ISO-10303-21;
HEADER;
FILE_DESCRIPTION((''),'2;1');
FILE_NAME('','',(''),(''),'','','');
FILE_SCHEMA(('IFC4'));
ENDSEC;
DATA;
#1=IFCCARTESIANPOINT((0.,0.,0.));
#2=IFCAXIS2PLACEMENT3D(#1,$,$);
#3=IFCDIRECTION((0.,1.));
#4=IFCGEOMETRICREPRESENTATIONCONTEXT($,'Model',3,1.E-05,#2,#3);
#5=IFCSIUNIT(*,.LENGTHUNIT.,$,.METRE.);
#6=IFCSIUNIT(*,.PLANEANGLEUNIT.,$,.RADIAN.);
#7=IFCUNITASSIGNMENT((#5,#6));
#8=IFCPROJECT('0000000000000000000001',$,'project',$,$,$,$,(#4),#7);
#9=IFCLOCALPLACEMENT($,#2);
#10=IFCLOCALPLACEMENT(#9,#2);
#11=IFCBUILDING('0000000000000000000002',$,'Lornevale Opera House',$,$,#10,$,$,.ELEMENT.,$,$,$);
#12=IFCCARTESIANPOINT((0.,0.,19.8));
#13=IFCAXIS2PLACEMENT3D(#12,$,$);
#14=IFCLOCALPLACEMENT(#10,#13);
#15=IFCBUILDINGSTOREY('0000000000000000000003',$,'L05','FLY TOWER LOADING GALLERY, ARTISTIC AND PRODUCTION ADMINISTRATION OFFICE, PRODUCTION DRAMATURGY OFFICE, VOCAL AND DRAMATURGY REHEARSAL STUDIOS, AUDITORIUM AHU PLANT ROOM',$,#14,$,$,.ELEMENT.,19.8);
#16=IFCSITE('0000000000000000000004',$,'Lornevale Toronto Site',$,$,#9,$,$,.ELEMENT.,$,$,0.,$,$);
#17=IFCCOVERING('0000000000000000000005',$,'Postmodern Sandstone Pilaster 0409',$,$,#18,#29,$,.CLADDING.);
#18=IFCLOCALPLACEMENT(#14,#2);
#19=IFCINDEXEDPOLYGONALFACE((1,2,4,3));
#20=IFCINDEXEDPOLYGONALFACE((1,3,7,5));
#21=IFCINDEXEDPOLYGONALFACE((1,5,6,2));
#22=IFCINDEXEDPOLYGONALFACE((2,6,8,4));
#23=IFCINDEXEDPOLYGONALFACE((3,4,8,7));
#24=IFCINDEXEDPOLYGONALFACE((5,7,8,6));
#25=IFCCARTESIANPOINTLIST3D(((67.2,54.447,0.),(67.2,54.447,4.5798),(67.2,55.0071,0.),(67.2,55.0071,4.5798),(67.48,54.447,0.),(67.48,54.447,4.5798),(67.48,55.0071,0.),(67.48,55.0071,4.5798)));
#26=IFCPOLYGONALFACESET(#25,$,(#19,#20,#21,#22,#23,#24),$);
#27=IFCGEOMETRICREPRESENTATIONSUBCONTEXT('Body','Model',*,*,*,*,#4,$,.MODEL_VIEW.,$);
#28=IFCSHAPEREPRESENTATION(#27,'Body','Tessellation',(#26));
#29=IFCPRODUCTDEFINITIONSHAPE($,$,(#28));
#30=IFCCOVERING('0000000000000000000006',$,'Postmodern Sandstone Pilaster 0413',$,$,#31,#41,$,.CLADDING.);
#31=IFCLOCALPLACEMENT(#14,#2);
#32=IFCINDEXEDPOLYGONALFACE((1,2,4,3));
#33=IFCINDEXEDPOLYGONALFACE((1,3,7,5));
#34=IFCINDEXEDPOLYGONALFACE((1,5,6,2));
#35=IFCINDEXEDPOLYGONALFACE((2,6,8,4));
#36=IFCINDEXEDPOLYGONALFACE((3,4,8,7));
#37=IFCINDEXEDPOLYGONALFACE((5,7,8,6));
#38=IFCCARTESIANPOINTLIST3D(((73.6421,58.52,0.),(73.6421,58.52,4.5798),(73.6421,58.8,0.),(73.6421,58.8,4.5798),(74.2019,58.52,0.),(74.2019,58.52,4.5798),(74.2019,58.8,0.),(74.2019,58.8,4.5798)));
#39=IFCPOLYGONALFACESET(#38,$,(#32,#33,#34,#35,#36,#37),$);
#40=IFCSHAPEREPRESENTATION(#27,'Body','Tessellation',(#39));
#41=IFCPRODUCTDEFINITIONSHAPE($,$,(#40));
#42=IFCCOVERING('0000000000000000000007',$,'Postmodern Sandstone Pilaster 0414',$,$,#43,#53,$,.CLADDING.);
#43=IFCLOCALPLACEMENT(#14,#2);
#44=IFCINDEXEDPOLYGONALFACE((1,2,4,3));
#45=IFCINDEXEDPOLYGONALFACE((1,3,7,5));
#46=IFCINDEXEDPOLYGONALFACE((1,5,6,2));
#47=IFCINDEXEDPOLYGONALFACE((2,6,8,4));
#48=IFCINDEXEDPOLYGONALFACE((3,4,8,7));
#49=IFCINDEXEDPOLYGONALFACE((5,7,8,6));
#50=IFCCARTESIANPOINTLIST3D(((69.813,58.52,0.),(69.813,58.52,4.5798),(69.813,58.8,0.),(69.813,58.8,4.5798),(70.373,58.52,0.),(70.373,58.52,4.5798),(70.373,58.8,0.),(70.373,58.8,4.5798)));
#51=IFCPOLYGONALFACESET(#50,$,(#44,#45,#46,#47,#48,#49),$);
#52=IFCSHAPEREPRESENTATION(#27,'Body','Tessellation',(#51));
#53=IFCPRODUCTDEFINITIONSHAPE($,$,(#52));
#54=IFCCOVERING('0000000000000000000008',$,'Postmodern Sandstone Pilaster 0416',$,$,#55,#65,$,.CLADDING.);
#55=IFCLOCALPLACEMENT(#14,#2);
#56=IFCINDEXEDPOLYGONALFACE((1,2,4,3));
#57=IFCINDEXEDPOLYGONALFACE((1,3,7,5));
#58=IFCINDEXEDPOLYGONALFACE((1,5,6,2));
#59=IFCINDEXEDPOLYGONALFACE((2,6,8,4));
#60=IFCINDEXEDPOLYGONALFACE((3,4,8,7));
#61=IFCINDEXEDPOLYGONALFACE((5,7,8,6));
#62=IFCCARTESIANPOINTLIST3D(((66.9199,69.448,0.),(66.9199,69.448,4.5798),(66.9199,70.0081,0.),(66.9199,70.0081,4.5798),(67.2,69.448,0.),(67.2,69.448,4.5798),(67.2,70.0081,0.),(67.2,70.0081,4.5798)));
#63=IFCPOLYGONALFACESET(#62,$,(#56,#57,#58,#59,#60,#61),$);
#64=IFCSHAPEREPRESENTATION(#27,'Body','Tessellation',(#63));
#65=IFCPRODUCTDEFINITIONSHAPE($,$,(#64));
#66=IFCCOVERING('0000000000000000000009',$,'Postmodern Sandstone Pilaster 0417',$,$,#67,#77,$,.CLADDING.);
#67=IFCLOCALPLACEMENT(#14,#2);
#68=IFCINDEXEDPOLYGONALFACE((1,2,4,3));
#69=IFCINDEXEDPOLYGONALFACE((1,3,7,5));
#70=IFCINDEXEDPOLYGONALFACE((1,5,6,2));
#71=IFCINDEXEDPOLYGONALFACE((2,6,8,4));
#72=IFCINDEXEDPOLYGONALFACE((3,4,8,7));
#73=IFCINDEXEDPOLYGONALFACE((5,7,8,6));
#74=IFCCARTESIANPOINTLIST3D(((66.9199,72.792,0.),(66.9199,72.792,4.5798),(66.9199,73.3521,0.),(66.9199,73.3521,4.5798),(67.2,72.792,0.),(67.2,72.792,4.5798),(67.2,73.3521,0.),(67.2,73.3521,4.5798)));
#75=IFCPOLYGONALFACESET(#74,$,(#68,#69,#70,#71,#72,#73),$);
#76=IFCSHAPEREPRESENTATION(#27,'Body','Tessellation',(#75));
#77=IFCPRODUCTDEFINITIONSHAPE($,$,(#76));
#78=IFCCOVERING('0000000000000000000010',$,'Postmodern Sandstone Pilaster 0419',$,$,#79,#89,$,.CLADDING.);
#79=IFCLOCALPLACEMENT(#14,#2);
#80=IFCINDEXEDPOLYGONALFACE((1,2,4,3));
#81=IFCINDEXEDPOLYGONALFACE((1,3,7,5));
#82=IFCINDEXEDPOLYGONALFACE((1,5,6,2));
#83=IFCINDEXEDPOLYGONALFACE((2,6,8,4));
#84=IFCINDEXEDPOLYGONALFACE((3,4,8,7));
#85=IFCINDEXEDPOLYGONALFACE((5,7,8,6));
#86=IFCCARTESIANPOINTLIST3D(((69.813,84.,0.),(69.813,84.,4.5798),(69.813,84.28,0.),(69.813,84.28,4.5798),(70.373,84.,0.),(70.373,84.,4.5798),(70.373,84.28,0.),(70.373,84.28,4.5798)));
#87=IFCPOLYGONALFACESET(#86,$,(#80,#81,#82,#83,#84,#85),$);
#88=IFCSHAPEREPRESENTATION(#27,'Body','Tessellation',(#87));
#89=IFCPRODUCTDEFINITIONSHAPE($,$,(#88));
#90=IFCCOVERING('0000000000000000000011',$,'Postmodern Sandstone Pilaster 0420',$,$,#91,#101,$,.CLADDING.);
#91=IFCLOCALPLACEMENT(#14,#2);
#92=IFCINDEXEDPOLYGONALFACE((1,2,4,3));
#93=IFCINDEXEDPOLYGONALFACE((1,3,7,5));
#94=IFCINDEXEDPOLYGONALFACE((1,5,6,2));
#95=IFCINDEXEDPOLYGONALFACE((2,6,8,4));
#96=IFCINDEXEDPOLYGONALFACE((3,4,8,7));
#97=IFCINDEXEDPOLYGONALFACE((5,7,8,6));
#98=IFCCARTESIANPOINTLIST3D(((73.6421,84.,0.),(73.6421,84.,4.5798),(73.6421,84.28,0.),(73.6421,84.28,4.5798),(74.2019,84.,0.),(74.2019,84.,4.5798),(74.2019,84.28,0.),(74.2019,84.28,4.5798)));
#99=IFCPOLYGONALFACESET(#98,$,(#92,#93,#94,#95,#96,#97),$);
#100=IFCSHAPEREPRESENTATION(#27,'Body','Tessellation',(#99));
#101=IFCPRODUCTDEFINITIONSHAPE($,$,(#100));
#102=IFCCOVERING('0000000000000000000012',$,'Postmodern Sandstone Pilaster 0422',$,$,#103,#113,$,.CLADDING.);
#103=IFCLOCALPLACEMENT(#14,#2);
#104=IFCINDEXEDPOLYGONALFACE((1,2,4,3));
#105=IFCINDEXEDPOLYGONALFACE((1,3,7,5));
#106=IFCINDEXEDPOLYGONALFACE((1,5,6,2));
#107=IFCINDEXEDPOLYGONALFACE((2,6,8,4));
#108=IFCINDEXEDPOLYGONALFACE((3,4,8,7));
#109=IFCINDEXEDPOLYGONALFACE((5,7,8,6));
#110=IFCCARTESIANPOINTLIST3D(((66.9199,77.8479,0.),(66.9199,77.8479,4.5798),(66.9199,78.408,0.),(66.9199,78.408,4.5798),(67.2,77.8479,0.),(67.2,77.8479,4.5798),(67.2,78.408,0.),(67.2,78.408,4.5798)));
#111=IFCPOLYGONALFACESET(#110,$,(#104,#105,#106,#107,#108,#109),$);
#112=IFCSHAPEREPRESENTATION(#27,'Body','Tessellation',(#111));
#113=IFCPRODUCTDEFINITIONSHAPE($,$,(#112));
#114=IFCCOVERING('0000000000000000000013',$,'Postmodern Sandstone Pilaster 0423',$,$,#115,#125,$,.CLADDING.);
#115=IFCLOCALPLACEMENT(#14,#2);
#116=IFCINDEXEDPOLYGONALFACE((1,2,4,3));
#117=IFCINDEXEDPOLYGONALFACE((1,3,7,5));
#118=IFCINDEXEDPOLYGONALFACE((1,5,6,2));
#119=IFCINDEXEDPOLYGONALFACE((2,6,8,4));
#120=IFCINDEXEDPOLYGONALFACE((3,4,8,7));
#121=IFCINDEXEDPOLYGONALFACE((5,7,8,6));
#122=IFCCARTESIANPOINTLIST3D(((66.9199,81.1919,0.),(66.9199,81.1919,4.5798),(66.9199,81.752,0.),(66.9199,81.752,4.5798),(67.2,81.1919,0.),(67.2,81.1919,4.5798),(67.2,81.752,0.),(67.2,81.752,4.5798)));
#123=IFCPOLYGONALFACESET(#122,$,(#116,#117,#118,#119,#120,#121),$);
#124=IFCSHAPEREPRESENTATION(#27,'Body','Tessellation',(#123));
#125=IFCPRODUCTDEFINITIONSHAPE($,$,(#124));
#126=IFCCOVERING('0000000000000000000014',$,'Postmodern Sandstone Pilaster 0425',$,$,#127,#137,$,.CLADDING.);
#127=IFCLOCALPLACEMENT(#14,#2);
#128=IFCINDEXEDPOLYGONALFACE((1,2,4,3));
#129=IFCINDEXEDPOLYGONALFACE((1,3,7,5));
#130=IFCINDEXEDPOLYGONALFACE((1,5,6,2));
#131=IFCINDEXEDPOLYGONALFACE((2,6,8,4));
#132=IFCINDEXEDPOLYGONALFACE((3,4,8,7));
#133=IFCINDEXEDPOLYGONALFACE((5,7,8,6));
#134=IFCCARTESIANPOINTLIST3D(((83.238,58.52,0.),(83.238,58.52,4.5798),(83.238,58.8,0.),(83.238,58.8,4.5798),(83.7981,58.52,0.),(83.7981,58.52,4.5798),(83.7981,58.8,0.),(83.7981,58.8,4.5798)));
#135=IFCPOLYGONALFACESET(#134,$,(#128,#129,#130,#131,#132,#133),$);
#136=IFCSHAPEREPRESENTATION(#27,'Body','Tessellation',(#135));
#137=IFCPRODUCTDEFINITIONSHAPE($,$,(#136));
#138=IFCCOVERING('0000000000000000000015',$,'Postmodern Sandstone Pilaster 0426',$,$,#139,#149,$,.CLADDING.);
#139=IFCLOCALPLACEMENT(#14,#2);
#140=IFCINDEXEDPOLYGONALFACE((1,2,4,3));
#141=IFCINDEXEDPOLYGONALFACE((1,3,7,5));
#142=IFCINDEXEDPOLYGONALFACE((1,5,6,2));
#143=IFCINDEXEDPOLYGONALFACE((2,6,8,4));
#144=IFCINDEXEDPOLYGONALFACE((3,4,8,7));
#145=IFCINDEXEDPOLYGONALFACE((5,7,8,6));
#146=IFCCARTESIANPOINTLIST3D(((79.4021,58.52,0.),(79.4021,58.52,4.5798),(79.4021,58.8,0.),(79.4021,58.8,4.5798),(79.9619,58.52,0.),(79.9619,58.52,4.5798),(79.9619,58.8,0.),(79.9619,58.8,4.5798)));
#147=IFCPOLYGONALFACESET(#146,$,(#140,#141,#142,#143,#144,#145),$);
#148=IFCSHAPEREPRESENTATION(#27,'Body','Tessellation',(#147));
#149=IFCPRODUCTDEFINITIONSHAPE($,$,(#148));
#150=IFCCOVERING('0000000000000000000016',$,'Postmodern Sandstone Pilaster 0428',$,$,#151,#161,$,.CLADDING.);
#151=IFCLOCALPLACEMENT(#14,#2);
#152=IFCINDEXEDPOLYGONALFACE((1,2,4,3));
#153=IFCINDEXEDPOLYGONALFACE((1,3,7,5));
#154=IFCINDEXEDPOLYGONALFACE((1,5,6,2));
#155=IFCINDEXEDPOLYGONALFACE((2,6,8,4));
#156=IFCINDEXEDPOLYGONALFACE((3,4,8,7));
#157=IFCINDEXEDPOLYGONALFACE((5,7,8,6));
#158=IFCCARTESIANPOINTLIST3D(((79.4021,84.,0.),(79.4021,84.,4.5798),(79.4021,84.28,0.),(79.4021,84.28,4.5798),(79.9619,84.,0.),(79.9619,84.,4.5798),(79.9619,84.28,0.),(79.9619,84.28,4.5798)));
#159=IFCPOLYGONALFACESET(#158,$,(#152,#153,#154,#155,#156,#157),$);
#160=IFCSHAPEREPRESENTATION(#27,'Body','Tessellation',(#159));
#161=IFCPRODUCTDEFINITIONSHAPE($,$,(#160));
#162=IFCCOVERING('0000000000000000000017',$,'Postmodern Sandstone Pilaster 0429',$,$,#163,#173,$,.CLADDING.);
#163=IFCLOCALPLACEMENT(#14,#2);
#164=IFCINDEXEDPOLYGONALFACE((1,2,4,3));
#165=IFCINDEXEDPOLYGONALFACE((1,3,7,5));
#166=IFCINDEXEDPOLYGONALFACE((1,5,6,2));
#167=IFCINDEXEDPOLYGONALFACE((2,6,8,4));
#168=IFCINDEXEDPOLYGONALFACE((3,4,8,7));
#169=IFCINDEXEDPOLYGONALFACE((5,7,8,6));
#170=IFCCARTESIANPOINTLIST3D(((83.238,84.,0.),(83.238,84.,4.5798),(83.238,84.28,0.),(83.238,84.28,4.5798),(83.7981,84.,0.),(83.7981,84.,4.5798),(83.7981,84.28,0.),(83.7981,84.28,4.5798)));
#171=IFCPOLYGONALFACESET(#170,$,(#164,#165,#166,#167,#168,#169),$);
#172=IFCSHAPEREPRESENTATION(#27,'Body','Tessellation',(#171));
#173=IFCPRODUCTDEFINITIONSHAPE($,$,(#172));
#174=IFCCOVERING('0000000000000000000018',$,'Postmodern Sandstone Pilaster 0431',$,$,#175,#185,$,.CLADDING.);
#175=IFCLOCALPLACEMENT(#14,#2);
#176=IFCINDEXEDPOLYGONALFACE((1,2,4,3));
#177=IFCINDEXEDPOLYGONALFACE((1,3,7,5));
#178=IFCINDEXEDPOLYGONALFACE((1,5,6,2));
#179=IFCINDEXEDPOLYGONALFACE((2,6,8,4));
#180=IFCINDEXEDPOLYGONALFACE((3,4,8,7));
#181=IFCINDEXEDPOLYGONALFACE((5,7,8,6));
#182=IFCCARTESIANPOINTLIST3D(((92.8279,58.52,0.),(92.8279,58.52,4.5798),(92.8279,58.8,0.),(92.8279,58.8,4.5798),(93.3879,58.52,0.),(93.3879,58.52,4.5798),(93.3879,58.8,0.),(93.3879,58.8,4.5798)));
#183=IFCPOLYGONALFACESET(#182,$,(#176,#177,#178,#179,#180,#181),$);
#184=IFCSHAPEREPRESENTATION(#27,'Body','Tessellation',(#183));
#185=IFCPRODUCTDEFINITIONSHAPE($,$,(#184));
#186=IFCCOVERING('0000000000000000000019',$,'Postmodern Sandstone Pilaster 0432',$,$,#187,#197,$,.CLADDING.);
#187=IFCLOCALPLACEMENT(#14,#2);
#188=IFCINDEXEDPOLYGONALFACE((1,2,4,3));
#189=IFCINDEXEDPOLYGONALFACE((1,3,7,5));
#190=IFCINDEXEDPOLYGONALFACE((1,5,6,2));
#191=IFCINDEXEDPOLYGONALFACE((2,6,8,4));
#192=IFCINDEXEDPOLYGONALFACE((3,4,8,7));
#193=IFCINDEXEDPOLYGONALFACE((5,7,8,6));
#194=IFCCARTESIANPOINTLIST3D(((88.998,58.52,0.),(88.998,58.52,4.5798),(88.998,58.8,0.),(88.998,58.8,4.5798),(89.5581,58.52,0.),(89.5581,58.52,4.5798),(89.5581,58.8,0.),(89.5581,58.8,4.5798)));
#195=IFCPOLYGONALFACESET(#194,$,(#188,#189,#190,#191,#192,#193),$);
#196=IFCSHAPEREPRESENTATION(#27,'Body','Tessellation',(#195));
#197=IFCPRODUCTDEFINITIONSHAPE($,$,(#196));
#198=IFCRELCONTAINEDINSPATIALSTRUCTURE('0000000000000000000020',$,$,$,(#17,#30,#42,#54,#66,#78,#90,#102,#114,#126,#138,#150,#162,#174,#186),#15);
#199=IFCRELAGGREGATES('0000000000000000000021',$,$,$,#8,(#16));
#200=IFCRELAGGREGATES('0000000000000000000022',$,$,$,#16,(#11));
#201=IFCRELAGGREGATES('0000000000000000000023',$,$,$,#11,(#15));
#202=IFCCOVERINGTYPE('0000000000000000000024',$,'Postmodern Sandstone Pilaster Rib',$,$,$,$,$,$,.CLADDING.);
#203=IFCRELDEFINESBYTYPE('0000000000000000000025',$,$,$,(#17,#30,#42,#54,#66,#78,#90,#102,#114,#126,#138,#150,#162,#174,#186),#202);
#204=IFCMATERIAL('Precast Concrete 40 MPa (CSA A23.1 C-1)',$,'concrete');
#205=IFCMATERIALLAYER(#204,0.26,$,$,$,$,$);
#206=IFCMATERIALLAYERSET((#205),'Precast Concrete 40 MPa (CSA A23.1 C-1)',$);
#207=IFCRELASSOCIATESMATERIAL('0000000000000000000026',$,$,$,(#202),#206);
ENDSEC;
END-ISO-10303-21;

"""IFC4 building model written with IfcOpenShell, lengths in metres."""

from ifc_helpers import new_model, si_unit, direction, frame, origin, place, context, subcontext, project, spatial, polyline, outline, extrude, material, layer, layer_set, type_object, element, save


model = new_model("IFC4")

# Units and contexts
model_context = context("Model", 3, precision=1e-05, world=origin(), true_north=direction((0.0, 1.0)))
body_context = subcontext(model_context, "Body", "Model", "MODEL_VIEW")
ifc_project = project(units=[si_unit("LENGTHUNIT", "METRE"), si_unit("PLANEANGLEUNIT", "RADIAN")], contexts=[model_context])

# Site, building, storey
site_placement = place(None, origin())
site = spatial("IfcSite", under=ifc_project, at=site_placement, Name="Lornevale Toronto Site", CompositionType="ELEMENT", RefElevation=0.0)
building_placement = place(site_placement, origin())
building = spatial("IfcBuilding", under=site, at=building_placement, Name="Lornevale Opera House", CompositionType="ELEMENT")
storey_placement = place(building_placement, frame((0.0, 0.0, 19.8)))
storey = spatial("IfcBuildingStorey", under=building, at=storey_placement, Name="L05", Description="FLY TOWER LOADING GALLERY, ARTISTIC AND PRODUCTION ADMINISTRATION OFFICE, PRODUCTION DRAMATURGY OFFICE, VOCAL AND DRAMATURGY REHEARSAL STUDIOS, AUDITORIUM AHU PLANT ROOM", CompositionType="ELEMENT", Elevation=19.8)

# Coverings
ifc_material_1 = material(Name="Precast Concrete 40 MPa (CSA A23.1 C-1)", Category="concrete")
ifc_layer_1 = layer(ifc_material_1, 0.26)
ifc_layer_set_1 = layer_set([ifc_layer_1], Name="Precast Concrete 40 MPa (CSA A23.1 C-1)")
covering_type = type_object("IfcCoveringType", Name="Postmodern Sandstone Pilaster Rib", PredefinedType="CLADDING", material=ifc_layer_set_1)
covering_1_placement = place(storey_placement, origin())
element("IfcCovering", 1, at=covering_1_placement, inside=storey, type_object=covering_type, Name="Postmodern Sandstone Pilaster 0409", PredefinedType="CLADDING", context=body_context, shape_type="SweptSolid", body=[
    extrude(outline(polyline([(67.2, 55.0071), (67.2, 54.447), (67.48, 54.447), (67.48, 55.0071), (67.2, 55.0071)])), origin(), (0.0, 0.0, 1.0), 4.5798),
])
covering_2_placement = place(storey_placement, origin())
element("IfcCovering", 2, at=covering_2_placement, inside=storey, type_object=covering_type, Name="Postmodern Sandstone Pilaster 0413", PredefinedType="CLADDING", context=body_context, shape_type="SweptSolid", body=[
    extrude(outline(polyline([(74.2019, 58.8), (73.6421, 58.8), (73.6421, 58.52), (74.2019, 58.52), (74.2019, 58.8)])), origin(), (0.0, 0.0, 1.0), 4.5798),
])
covering_3_placement = place(storey_placement, origin())
element("IfcCovering", 3, at=covering_3_placement, inside=storey, type_object=covering_type, Name="Postmodern Sandstone Pilaster 0414", PredefinedType="CLADDING", context=body_context, shape_type="SweptSolid", body=[
    extrude(outline(polyline([(70.373, 58.8), (69.813, 58.8), (69.813, 58.52), (70.373, 58.52), (70.373, 58.8)])), origin(), (0.0, 0.0, 1.0), 4.5798),
])
covering_4_placement = place(storey_placement, origin())
element("IfcCovering", 4, at=covering_4_placement, inside=storey, type_object=covering_type, Name="Postmodern Sandstone Pilaster 0416", PredefinedType="CLADDING", context=body_context, shape_type="SweptSolid", body=[
    extrude(outline(polyline([(67.2, 69.448), (67.2, 70.0081), (66.9199, 70.0081), (66.9199, 69.448), (67.2, 69.448)])), origin(), (0.0, 0.0, 1.0), 4.5798),
])
covering_5_placement = place(storey_placement, origin())
element("IfcCovering", 5, at=covering_5_placement, inside=storey, type_object=covering_type, Name="Postmodern Sandstone Pilaster 0417", PredefinedType="CLADDING", context=body_context, shape_type="SweptSolid", body=[
    extrude(outline(polyline([(67.2, 72.792), (67.2, 73.3521), (66.9199, 73.3521), (66.9199, 72.792), (67.2, 72.792)])), origin(), (0.0, 0.0, 1.0), 4.5798),
])
covering_6_placement = place(storey_placement, origin())
element("IfcCovering", 6, at=covering_6_placement, inside=storey, type_object=covering_type, Name="Postmodern Sandstone Pilaster 0419", PredefinedType="CLADDING", context=body_context, shape_type="SweptSolid", body=[
    extrude(outline(polyline([(69.813, 84.0), (70.373, 84.0), (70.373, 84.28), (69.813, 84.28), (69.813, 84.0)])), origin(), (0.0, 0.0, 1.0), 4.5798),
])
covering_7_placement = place(storey_placement, origin())
element("IfcCovering", 7, at=covering_7_placement, inside=storey, type_object=covering_type, Name="Postmodern Sandstone Pilaster 0420", PredefinedType="CLADDING", context=body_context, shape_type="SweptSolid", body=[
    extrude(outline(polyline([(73.6421, 84.0), (74.2019, 84.0), (74.2019, 84.28), (73.6421, 84.28), (73.6421, 84.0)])), origin(), (0.0, 0.0, 1.0), 4.5798),
])
covering_8_placement = place(storey_placement, origin())
element("IfcCovering", 8, at=covering_8_placement, inside=storey, type_object=covering_type, Name="Postmodern Sandstone Pilaster 0422", PredefinedType="CLADDING", context=body_context, shape_type="SweptSolid", body=[
    extrude(outline(polyline([(67.2, 77.8479), (67.2, 78.408), (66.9199, 78.408), (66.9199, 77.8479), (67.2, 77.8479)])), origin(), (0.0, 0.0, 1.0), 4.5798),
])
covering_9_placement = place(storey_placement, origin())
element("IfcCovering", 9, at=covering_9_placement, inside=storey, type_object=covering_type, Name="Postmodern Sandstone Pilaster 0423", PredefinedType="CLADDING", context=body_context, shape_type="SweptSolid", body=[
    extrude(outline(polyline([(67.2, 81.1919), (67.2, 81.752), (66.9199, 81.752), (66.9199, 81.1919), (67.2, 81.1919)])), origin(), (0.0, 0.0, 1.0), 4.5798),
])
covering_10_placement = place(storey_placement, origin())
element("IfcCovering", 10, at=covering_10_placement, inside=storey, type_object=covering_type, Name="Postmodern Sandstone Pilaster 0425", PredefinedType="CLADDING", context=body_context, shape_type="SweptSolid", body=[
    extrude(outline(polyline([(83.7981, 58.8), (83.238, 58.8), (83.238, 58.52), (83.7981, 58.52), (83.7981, 58.8)])), origin(), (0.0, 0.0, 1.0), 4.5798),
])
covering_11_placement = place(storey_placement, origin())
element("IfcCovering", 11, at=covering_11_placement, inside=storey, type_object=covering_type, Name="Postmodern Sandstone Pilaster 0426", PredefinedType="CLADDING", context=body_context, shape_type="SweptSolid", body=[
    extrude(outline(polyline([(79.9619, 58.8), (79.4021, 58.8), (79.4021, 58.52), (79.9619, 58.52), (79.9619, 58.8)])), origin(), (0.0, 0.0, 1.0), 4.5798),
])
covering_12_placement = place(storey_placement, origin())
element("IfcCovering", 12, at=covering_12_placement, inside=storey, type_object=covering_type, Name="Postmodern Sandstone Pilaster 0428", PredefinedType="CLADDING", context=body_context, shape_type="SweptSolid", body=[
    extrude(outline(polyline([(79.4021, 84.0), (79.9619, 84.0), (79.9619, 84.28), (79.4021, 84.28), (79.4021, 84.0)])), origin(), (0.0, 0.0, 1.0), 4.5798),
])
covering_13_placement = place(storey_placement, origin())
element("IfcCovering", 13, at=covering_13_placement, inside=storey, type_object=covering_type, Name="Postmodern Sandstone Pilaster 0429", PredefinedType="CLADDING", context=body_context, shape_type="SweptSolid", body=[
    extrude(outline(polyline([(83.238, 84.0), (83.7981, 84.0), (83.7981, 84.28), (83.238, 84.28), (83.238, 84.0)])), origin(), (0.0, 0.0, 1.0), 4.5798),
])
covering_14_placement = place(storey_placement, origin())
element("IfcCovering", 14, at=covering_14_placement, inside=storey, type_object=covering_type, Name="Postmodern Sandstone Pilaster 0431", PredefinedType="CLADDING", context=body_context, shape_type="SweptSolid", body=[
    extrude(outline(polyline([(93.3879, 58.8), (92.8279, 58.8), (92.8279, 58.52), (93.3879, 58.52), (93.3879, 58.8)])), origin(), (0.0, 0.0, 1.0), 4.5798),
])
covering_15_placement = place(storey_placement, origin())
element("IfcCovering", 15, at=covering_15_placement, inside=storey, type_object=covering_type, Name="Postmodern Sandstone Pilaster 0432", PredefinedType="CLADDING", context=body_context, shape_type="SweptSolid", body=[
    extrude(outline(polyline([(89.5581, 58.8), (88.998, 58.8), (88.998, 58.52), (89.5581, 58.52), (89.5581, 58.8)])), origin(), (0.0, 0.0, 1.0), 4.5798),
])

save(model, "model.ifc")
